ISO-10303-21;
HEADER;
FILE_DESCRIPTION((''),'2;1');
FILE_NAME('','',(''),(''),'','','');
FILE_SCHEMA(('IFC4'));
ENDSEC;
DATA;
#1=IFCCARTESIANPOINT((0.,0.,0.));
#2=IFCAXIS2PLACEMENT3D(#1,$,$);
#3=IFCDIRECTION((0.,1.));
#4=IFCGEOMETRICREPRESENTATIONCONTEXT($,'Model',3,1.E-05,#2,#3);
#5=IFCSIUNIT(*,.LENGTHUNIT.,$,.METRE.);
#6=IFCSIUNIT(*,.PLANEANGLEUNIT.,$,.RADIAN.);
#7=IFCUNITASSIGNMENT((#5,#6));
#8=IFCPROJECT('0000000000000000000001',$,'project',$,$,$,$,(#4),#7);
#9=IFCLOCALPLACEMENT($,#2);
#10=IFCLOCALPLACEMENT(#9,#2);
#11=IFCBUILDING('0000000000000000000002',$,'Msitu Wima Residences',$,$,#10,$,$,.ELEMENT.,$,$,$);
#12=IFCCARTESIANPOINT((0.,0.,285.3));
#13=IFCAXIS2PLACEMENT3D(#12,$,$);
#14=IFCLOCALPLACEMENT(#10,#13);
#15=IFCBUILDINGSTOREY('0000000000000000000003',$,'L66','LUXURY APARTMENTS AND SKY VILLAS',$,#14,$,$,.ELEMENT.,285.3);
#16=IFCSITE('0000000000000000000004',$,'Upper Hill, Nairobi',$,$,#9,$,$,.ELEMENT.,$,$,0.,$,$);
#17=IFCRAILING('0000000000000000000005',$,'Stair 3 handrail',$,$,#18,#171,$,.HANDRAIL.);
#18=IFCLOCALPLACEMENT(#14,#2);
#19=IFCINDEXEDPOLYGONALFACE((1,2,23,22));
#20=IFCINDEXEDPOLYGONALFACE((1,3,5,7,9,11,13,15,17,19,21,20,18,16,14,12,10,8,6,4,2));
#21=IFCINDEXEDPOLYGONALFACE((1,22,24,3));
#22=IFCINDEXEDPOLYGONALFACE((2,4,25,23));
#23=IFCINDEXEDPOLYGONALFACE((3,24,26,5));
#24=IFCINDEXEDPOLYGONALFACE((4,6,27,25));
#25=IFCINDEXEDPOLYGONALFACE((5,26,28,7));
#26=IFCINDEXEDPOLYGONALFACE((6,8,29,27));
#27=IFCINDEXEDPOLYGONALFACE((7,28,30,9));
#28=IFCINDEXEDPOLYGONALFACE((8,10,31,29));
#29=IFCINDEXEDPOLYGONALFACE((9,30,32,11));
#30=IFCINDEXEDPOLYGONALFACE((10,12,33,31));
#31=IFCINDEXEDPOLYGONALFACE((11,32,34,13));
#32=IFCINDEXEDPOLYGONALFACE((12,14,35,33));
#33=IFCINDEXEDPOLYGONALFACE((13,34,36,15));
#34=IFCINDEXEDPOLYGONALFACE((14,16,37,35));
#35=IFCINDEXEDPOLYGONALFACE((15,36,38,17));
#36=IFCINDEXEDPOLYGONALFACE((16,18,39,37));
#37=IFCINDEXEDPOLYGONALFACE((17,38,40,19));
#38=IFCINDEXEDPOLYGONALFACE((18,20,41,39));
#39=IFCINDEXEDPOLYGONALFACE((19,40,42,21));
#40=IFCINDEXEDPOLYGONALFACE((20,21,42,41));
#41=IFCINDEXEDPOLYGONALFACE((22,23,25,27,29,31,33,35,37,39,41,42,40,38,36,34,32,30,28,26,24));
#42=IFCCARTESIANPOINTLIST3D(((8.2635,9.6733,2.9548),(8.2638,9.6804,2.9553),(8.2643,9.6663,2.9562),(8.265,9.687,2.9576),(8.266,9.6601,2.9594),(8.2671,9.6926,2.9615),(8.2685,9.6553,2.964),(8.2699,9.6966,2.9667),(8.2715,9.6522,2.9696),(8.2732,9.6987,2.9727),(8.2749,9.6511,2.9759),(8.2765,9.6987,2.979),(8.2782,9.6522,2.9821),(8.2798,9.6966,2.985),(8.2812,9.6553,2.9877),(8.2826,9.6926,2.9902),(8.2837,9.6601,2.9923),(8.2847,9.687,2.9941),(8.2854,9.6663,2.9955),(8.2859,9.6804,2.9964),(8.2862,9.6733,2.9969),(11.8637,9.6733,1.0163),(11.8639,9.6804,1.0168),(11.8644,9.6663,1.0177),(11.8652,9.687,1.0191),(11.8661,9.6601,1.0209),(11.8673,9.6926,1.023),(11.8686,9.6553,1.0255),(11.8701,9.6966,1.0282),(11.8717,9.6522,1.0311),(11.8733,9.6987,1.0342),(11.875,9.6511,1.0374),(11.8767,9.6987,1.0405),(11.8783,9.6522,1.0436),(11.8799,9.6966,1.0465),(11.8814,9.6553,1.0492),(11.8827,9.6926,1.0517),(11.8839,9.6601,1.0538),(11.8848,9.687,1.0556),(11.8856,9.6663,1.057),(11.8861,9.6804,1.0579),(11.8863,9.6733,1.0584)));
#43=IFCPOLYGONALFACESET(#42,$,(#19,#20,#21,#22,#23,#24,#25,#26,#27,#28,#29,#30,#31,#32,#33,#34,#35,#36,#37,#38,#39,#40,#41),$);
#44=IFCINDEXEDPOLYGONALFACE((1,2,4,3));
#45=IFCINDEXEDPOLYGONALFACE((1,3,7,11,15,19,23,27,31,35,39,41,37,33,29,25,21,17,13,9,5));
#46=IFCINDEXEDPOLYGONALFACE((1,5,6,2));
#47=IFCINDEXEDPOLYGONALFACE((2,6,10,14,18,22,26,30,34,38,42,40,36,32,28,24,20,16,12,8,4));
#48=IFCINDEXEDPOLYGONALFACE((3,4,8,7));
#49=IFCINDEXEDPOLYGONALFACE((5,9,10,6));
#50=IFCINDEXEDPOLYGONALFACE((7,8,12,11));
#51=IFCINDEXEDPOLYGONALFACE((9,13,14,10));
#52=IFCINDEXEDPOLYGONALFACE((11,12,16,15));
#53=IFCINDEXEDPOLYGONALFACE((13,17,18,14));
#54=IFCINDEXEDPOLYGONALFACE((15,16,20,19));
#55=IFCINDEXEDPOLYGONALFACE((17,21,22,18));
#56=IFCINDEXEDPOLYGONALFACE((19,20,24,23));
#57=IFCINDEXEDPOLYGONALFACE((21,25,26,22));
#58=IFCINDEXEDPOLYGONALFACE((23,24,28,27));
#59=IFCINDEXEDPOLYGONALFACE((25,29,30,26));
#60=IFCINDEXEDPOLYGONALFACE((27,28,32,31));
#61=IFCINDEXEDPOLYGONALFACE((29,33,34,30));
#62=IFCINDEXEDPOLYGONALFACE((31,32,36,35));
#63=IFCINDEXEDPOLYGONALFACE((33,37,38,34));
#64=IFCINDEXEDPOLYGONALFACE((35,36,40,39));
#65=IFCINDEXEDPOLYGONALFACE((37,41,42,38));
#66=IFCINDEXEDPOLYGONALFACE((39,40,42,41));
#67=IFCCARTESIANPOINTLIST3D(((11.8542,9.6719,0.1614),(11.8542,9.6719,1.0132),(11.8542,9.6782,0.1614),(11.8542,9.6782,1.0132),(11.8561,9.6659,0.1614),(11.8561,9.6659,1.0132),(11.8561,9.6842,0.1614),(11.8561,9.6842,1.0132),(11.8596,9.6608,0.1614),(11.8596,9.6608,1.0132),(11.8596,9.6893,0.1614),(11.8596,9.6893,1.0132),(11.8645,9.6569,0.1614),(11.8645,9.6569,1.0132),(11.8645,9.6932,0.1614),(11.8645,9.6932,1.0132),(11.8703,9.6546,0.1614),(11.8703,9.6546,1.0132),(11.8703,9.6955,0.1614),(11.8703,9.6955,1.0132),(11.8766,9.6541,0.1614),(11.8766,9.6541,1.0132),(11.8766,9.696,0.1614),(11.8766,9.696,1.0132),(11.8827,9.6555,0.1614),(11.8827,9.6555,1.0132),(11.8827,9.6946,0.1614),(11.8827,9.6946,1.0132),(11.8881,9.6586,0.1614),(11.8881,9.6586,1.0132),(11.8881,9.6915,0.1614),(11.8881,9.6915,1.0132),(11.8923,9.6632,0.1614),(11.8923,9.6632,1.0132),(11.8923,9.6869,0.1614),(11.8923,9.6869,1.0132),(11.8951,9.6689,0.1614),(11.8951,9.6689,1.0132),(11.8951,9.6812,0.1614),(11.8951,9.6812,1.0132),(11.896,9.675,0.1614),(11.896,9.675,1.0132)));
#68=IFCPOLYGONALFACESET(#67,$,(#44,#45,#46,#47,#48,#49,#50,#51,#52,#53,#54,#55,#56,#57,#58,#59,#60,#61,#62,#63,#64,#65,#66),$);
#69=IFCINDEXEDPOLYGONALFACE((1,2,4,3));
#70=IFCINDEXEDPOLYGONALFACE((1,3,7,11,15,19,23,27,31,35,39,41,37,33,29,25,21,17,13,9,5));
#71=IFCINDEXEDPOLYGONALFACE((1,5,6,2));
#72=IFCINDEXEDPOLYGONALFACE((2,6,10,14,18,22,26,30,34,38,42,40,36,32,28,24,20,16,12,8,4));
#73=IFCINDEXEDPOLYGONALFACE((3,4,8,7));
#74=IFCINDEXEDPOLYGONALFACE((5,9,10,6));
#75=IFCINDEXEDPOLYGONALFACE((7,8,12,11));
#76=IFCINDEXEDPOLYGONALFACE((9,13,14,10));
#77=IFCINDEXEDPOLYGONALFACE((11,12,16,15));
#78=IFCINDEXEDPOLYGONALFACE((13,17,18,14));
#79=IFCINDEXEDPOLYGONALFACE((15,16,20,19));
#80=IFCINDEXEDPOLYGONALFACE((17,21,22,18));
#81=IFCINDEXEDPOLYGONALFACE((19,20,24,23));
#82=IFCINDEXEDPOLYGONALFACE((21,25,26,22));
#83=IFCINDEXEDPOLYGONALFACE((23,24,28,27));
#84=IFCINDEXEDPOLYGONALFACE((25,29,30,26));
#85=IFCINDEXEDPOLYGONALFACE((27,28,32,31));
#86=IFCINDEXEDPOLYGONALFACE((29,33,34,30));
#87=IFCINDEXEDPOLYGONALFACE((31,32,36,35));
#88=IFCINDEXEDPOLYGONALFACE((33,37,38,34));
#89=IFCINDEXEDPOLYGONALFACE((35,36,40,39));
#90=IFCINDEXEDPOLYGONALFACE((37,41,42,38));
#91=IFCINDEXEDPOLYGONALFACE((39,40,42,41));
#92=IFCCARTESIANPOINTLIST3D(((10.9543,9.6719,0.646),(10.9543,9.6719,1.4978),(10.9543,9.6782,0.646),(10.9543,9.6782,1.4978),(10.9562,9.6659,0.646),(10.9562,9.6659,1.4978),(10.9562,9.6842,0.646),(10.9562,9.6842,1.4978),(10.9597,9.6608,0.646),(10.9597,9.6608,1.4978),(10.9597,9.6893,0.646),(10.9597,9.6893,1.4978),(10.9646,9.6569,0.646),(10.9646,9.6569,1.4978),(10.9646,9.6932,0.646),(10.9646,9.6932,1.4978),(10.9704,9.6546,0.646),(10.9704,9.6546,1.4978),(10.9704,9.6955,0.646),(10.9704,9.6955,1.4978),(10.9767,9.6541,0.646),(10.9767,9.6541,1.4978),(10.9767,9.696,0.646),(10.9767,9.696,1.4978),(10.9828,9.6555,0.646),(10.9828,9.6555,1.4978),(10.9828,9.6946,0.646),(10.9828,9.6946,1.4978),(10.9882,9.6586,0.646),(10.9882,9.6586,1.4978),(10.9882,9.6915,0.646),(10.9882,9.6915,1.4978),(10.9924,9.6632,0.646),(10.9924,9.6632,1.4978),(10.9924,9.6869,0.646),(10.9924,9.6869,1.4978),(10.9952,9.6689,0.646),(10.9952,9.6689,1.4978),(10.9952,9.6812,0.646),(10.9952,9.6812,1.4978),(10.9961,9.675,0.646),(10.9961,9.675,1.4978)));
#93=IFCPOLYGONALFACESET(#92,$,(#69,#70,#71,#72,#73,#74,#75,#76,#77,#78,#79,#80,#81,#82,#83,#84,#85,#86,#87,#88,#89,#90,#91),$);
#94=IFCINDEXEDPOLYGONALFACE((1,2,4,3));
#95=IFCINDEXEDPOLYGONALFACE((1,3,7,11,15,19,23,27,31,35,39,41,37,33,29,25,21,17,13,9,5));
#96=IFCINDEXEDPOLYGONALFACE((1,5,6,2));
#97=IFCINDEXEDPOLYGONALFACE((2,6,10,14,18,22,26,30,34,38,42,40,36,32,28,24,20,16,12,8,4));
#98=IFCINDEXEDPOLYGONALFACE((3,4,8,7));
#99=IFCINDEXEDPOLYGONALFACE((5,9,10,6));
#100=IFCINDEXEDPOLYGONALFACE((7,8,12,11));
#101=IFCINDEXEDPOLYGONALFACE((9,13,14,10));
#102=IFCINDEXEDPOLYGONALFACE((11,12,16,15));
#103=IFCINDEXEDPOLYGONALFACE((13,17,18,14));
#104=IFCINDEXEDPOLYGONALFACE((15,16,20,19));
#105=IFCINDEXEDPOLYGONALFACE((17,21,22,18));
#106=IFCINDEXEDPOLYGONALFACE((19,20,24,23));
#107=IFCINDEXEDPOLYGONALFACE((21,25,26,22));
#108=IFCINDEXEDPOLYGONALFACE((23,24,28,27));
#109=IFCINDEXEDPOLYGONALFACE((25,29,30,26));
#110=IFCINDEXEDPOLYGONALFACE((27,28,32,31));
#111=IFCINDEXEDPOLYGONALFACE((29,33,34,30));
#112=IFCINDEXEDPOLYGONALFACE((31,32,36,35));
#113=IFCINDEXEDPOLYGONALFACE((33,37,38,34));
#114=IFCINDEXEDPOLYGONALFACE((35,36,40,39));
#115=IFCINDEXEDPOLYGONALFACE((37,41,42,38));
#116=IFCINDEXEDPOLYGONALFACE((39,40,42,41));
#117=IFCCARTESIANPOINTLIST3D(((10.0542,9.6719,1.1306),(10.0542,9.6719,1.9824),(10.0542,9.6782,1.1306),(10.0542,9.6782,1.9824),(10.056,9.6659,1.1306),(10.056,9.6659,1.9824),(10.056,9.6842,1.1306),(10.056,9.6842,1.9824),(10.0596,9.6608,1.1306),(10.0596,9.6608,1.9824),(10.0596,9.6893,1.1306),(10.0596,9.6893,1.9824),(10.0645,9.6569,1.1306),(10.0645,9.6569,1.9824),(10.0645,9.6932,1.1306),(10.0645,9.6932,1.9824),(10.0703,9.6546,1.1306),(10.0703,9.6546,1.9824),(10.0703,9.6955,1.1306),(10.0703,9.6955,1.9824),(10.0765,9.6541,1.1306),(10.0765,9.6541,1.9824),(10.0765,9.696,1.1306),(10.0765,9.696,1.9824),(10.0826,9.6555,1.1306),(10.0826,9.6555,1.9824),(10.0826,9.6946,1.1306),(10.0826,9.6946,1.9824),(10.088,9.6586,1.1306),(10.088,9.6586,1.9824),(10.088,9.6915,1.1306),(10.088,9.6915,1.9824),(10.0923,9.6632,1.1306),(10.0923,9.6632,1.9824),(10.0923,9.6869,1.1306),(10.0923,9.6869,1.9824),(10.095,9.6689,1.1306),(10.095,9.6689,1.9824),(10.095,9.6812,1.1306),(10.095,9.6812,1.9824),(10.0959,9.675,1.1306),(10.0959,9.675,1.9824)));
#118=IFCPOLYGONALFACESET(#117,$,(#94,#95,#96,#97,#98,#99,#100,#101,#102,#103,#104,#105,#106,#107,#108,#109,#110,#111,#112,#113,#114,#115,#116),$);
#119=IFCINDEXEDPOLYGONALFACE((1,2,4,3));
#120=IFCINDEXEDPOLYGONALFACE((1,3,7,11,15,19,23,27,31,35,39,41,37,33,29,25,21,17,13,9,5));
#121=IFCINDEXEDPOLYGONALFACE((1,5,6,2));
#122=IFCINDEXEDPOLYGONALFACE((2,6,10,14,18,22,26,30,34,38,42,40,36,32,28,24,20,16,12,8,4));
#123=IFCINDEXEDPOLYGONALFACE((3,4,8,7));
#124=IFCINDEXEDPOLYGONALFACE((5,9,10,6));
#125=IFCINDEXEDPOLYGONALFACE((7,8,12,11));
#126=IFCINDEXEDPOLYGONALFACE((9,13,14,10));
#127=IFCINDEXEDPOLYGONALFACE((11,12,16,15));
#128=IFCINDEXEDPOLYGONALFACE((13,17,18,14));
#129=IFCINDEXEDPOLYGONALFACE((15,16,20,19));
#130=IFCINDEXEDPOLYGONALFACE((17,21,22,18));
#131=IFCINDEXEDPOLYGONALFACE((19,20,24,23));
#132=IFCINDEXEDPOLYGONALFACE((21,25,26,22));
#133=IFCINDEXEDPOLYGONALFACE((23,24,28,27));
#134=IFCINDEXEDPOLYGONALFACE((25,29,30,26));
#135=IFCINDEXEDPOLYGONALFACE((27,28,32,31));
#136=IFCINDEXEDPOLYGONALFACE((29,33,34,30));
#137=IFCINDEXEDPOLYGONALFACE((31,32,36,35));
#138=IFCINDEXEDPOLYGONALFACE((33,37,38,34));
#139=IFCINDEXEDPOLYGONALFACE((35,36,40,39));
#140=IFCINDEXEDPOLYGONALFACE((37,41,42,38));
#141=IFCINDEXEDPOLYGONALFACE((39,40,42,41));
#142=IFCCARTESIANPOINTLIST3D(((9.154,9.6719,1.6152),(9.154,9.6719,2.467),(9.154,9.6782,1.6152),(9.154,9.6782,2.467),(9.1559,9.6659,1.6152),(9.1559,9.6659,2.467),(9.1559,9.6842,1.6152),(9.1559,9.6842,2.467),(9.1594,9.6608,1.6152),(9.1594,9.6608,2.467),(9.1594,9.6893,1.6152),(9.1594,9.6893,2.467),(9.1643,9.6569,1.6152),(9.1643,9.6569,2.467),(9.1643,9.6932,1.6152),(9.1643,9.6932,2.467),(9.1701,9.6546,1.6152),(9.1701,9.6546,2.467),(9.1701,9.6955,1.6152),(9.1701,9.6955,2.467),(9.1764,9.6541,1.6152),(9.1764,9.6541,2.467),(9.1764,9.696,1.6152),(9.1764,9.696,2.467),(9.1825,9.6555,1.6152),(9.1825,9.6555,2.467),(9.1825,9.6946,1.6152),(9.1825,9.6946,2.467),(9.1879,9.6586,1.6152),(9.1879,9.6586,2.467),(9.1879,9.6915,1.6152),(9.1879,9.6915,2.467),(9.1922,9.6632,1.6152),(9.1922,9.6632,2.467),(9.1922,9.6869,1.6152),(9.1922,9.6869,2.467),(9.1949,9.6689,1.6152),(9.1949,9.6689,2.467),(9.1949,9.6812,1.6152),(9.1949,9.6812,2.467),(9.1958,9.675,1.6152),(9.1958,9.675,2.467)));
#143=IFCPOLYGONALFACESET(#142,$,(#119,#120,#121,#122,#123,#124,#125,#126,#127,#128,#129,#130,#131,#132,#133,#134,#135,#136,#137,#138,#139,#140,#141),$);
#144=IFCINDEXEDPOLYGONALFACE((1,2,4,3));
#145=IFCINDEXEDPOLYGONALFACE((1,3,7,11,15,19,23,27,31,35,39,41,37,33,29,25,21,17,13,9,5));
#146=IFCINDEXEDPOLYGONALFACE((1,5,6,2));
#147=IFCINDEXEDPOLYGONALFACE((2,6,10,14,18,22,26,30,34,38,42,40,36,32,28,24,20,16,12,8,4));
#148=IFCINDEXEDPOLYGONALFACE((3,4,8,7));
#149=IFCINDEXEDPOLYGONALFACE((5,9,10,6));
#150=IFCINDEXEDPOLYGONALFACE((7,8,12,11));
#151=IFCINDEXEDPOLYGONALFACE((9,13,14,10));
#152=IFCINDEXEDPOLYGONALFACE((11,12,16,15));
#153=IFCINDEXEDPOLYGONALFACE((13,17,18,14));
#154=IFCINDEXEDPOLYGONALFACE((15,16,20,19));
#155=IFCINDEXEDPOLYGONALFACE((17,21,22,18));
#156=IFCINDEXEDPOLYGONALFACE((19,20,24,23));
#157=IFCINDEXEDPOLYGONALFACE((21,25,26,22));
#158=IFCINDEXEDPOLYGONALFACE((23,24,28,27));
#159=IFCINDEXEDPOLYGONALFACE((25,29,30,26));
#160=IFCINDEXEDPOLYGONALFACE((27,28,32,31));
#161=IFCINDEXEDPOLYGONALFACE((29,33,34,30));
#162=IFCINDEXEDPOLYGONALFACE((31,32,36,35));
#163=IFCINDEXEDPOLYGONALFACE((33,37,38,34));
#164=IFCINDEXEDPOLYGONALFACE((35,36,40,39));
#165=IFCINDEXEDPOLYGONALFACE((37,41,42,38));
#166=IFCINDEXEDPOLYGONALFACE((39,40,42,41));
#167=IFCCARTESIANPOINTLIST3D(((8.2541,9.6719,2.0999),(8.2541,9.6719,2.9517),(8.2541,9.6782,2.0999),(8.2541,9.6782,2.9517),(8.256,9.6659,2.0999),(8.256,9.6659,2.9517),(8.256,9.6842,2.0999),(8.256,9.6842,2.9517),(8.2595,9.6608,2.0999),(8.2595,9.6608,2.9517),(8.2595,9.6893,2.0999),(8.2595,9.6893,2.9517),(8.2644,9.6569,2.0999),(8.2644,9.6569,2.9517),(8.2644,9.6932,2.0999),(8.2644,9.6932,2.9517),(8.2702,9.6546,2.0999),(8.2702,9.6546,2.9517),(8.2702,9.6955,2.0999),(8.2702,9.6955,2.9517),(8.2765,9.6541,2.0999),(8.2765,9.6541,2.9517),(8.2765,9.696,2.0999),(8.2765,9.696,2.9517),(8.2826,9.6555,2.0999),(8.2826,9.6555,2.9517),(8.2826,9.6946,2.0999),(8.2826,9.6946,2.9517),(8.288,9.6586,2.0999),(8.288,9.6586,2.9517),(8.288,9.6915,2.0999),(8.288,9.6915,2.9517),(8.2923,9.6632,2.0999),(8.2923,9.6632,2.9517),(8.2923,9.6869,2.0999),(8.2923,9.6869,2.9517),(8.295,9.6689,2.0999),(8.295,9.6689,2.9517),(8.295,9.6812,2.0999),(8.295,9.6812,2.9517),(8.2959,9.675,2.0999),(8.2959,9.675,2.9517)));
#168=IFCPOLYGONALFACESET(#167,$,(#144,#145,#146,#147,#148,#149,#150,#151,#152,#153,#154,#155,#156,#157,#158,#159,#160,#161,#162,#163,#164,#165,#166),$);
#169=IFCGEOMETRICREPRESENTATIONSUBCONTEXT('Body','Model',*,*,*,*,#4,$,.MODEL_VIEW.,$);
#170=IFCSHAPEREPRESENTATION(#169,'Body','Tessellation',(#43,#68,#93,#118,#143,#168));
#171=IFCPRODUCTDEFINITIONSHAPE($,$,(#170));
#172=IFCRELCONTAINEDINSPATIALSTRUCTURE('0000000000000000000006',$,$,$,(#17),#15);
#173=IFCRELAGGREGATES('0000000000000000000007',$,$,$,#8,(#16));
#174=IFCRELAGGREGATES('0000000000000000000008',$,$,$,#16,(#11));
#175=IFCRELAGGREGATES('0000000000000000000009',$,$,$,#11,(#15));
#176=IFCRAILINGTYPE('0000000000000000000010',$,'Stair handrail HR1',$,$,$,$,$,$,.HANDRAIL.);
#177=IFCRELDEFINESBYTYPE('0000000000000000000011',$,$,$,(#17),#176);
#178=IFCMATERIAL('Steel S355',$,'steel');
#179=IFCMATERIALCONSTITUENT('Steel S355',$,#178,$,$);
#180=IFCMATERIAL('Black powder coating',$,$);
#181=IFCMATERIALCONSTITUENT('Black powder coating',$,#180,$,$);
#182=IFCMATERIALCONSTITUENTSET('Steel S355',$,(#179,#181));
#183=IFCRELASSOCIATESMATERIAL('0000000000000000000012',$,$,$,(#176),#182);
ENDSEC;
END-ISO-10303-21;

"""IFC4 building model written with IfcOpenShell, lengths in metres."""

from ifc_helpers import new_model, si_unit, direction, frame, origin, origin_2d, place, context, subcontext, project, spatial, circle, extrude, material, constituent, constituent_set, type_object, element, save


model = new_model("IFC4")

# Units and contexts
model_context = context("Model", 3, precision=1e-05, world=origin(), true_north=direction((0.0, 1.0)))
body_context = subcontext(model_context, "Body", "Model", "MODEL_VIEW")
ifc_project = project(units=[si_unit("LENGTHUNIT", "METRE"), si_unit("PLANEANGLEUNIT", "RADIAN")], contexts=[model_context])

# Site, building, storey
site_placement = place(None, origin())
site = spatial("IfcSite", under=ifc_project, at=site_placement, Name="Upper Hill, Nairobi", CompositionType="ELEMENT", RefElevation=0.0)
building_placement = place(site_placement, origin())
building = spatial("IfcBuilding", under=site, at=building_placement, Name="Msitu Wima Residences", CompositionType="ELEMENT")
storey_placement = place(building_placement, frame((0.0, 0.0, 285.3)))
storey = spatial("IfcBuildingStorey", under=building, at=storey_placement, Name="L66", Description="LUXURY APARTMENTS AND SKY VILLAS", CompositionType="ELEMENT", Elevation=285.3)

# Railing
ifc_material_1 = material(Name="Steel S355", Category="steel")
ifc_constituent_1 = constituent(ifc_material_1, Name="Steel S355")
ifc_material_2 = material(Name="Black powder coating")
ifc_constituent_2 = constituent(ifc_material_2, Name="Black powder coating")
ifc_constituent_set_1 = constituent_set(constituents=[ifc_constituent_1, ifc_constituent_2], Name="Steel S355")
railing_type_1 = type_object("IfcRailingType", Name="Stair handrail HR1", PredefinedType="HANDRAIL", material=ifc_constituent_set_1)
for number, where, name in (
    (1, (11.875, 9.675, 0.1614), "Stair 3 handrail"),
):
    element("IfcRailing", number, at=place(storey_placement, frame(where)), inside=storey, type_object=railing_type_1, Name=name, PredefinedType="HANDRAIL", context=body_context, shape_type="SweptSolid", body=[
        extrude(circle(Radius=0.0239, at=origin_2d()), frame((0.0, 0.0, 0.876), z_axis=(-0.880475, 0.0, 0.474093), x_axis=(0.0, -1.0, 0.0)), (0.0, 0.0, 1.0), 4.0889),
        extrude(circle(Radius=0.021, at=origin_2d()), origin(), (0.0, 0.0, 1.0), 0.8518),
        extrude(circle(Radius=0.021, at=origin_2d()), frame((-0.8999, 0.0, 0.4846)), (0.0, 0.0, 1.0), 0.8518),
        extrude(circle(Radius=0.021, at=origin_2d()), frame((-1.8, 0.0, 0.9692)), (0.0, 0.0, 1.0), 0.8518),
        extrude(circle(Radius=0.021, at=origin_2d()), frame((-2.7002, 0.0, 1.4539)), (0.0, 0.0, 1.0), 0.8518),
        extrude(circle(Radius=0.021, at=origin_2d()), frame((-3.6001, 0.0, 1.9385)), (0.0, 0.0, 1.0), 0.8518),
    ])

save(model, "model.ifc")
